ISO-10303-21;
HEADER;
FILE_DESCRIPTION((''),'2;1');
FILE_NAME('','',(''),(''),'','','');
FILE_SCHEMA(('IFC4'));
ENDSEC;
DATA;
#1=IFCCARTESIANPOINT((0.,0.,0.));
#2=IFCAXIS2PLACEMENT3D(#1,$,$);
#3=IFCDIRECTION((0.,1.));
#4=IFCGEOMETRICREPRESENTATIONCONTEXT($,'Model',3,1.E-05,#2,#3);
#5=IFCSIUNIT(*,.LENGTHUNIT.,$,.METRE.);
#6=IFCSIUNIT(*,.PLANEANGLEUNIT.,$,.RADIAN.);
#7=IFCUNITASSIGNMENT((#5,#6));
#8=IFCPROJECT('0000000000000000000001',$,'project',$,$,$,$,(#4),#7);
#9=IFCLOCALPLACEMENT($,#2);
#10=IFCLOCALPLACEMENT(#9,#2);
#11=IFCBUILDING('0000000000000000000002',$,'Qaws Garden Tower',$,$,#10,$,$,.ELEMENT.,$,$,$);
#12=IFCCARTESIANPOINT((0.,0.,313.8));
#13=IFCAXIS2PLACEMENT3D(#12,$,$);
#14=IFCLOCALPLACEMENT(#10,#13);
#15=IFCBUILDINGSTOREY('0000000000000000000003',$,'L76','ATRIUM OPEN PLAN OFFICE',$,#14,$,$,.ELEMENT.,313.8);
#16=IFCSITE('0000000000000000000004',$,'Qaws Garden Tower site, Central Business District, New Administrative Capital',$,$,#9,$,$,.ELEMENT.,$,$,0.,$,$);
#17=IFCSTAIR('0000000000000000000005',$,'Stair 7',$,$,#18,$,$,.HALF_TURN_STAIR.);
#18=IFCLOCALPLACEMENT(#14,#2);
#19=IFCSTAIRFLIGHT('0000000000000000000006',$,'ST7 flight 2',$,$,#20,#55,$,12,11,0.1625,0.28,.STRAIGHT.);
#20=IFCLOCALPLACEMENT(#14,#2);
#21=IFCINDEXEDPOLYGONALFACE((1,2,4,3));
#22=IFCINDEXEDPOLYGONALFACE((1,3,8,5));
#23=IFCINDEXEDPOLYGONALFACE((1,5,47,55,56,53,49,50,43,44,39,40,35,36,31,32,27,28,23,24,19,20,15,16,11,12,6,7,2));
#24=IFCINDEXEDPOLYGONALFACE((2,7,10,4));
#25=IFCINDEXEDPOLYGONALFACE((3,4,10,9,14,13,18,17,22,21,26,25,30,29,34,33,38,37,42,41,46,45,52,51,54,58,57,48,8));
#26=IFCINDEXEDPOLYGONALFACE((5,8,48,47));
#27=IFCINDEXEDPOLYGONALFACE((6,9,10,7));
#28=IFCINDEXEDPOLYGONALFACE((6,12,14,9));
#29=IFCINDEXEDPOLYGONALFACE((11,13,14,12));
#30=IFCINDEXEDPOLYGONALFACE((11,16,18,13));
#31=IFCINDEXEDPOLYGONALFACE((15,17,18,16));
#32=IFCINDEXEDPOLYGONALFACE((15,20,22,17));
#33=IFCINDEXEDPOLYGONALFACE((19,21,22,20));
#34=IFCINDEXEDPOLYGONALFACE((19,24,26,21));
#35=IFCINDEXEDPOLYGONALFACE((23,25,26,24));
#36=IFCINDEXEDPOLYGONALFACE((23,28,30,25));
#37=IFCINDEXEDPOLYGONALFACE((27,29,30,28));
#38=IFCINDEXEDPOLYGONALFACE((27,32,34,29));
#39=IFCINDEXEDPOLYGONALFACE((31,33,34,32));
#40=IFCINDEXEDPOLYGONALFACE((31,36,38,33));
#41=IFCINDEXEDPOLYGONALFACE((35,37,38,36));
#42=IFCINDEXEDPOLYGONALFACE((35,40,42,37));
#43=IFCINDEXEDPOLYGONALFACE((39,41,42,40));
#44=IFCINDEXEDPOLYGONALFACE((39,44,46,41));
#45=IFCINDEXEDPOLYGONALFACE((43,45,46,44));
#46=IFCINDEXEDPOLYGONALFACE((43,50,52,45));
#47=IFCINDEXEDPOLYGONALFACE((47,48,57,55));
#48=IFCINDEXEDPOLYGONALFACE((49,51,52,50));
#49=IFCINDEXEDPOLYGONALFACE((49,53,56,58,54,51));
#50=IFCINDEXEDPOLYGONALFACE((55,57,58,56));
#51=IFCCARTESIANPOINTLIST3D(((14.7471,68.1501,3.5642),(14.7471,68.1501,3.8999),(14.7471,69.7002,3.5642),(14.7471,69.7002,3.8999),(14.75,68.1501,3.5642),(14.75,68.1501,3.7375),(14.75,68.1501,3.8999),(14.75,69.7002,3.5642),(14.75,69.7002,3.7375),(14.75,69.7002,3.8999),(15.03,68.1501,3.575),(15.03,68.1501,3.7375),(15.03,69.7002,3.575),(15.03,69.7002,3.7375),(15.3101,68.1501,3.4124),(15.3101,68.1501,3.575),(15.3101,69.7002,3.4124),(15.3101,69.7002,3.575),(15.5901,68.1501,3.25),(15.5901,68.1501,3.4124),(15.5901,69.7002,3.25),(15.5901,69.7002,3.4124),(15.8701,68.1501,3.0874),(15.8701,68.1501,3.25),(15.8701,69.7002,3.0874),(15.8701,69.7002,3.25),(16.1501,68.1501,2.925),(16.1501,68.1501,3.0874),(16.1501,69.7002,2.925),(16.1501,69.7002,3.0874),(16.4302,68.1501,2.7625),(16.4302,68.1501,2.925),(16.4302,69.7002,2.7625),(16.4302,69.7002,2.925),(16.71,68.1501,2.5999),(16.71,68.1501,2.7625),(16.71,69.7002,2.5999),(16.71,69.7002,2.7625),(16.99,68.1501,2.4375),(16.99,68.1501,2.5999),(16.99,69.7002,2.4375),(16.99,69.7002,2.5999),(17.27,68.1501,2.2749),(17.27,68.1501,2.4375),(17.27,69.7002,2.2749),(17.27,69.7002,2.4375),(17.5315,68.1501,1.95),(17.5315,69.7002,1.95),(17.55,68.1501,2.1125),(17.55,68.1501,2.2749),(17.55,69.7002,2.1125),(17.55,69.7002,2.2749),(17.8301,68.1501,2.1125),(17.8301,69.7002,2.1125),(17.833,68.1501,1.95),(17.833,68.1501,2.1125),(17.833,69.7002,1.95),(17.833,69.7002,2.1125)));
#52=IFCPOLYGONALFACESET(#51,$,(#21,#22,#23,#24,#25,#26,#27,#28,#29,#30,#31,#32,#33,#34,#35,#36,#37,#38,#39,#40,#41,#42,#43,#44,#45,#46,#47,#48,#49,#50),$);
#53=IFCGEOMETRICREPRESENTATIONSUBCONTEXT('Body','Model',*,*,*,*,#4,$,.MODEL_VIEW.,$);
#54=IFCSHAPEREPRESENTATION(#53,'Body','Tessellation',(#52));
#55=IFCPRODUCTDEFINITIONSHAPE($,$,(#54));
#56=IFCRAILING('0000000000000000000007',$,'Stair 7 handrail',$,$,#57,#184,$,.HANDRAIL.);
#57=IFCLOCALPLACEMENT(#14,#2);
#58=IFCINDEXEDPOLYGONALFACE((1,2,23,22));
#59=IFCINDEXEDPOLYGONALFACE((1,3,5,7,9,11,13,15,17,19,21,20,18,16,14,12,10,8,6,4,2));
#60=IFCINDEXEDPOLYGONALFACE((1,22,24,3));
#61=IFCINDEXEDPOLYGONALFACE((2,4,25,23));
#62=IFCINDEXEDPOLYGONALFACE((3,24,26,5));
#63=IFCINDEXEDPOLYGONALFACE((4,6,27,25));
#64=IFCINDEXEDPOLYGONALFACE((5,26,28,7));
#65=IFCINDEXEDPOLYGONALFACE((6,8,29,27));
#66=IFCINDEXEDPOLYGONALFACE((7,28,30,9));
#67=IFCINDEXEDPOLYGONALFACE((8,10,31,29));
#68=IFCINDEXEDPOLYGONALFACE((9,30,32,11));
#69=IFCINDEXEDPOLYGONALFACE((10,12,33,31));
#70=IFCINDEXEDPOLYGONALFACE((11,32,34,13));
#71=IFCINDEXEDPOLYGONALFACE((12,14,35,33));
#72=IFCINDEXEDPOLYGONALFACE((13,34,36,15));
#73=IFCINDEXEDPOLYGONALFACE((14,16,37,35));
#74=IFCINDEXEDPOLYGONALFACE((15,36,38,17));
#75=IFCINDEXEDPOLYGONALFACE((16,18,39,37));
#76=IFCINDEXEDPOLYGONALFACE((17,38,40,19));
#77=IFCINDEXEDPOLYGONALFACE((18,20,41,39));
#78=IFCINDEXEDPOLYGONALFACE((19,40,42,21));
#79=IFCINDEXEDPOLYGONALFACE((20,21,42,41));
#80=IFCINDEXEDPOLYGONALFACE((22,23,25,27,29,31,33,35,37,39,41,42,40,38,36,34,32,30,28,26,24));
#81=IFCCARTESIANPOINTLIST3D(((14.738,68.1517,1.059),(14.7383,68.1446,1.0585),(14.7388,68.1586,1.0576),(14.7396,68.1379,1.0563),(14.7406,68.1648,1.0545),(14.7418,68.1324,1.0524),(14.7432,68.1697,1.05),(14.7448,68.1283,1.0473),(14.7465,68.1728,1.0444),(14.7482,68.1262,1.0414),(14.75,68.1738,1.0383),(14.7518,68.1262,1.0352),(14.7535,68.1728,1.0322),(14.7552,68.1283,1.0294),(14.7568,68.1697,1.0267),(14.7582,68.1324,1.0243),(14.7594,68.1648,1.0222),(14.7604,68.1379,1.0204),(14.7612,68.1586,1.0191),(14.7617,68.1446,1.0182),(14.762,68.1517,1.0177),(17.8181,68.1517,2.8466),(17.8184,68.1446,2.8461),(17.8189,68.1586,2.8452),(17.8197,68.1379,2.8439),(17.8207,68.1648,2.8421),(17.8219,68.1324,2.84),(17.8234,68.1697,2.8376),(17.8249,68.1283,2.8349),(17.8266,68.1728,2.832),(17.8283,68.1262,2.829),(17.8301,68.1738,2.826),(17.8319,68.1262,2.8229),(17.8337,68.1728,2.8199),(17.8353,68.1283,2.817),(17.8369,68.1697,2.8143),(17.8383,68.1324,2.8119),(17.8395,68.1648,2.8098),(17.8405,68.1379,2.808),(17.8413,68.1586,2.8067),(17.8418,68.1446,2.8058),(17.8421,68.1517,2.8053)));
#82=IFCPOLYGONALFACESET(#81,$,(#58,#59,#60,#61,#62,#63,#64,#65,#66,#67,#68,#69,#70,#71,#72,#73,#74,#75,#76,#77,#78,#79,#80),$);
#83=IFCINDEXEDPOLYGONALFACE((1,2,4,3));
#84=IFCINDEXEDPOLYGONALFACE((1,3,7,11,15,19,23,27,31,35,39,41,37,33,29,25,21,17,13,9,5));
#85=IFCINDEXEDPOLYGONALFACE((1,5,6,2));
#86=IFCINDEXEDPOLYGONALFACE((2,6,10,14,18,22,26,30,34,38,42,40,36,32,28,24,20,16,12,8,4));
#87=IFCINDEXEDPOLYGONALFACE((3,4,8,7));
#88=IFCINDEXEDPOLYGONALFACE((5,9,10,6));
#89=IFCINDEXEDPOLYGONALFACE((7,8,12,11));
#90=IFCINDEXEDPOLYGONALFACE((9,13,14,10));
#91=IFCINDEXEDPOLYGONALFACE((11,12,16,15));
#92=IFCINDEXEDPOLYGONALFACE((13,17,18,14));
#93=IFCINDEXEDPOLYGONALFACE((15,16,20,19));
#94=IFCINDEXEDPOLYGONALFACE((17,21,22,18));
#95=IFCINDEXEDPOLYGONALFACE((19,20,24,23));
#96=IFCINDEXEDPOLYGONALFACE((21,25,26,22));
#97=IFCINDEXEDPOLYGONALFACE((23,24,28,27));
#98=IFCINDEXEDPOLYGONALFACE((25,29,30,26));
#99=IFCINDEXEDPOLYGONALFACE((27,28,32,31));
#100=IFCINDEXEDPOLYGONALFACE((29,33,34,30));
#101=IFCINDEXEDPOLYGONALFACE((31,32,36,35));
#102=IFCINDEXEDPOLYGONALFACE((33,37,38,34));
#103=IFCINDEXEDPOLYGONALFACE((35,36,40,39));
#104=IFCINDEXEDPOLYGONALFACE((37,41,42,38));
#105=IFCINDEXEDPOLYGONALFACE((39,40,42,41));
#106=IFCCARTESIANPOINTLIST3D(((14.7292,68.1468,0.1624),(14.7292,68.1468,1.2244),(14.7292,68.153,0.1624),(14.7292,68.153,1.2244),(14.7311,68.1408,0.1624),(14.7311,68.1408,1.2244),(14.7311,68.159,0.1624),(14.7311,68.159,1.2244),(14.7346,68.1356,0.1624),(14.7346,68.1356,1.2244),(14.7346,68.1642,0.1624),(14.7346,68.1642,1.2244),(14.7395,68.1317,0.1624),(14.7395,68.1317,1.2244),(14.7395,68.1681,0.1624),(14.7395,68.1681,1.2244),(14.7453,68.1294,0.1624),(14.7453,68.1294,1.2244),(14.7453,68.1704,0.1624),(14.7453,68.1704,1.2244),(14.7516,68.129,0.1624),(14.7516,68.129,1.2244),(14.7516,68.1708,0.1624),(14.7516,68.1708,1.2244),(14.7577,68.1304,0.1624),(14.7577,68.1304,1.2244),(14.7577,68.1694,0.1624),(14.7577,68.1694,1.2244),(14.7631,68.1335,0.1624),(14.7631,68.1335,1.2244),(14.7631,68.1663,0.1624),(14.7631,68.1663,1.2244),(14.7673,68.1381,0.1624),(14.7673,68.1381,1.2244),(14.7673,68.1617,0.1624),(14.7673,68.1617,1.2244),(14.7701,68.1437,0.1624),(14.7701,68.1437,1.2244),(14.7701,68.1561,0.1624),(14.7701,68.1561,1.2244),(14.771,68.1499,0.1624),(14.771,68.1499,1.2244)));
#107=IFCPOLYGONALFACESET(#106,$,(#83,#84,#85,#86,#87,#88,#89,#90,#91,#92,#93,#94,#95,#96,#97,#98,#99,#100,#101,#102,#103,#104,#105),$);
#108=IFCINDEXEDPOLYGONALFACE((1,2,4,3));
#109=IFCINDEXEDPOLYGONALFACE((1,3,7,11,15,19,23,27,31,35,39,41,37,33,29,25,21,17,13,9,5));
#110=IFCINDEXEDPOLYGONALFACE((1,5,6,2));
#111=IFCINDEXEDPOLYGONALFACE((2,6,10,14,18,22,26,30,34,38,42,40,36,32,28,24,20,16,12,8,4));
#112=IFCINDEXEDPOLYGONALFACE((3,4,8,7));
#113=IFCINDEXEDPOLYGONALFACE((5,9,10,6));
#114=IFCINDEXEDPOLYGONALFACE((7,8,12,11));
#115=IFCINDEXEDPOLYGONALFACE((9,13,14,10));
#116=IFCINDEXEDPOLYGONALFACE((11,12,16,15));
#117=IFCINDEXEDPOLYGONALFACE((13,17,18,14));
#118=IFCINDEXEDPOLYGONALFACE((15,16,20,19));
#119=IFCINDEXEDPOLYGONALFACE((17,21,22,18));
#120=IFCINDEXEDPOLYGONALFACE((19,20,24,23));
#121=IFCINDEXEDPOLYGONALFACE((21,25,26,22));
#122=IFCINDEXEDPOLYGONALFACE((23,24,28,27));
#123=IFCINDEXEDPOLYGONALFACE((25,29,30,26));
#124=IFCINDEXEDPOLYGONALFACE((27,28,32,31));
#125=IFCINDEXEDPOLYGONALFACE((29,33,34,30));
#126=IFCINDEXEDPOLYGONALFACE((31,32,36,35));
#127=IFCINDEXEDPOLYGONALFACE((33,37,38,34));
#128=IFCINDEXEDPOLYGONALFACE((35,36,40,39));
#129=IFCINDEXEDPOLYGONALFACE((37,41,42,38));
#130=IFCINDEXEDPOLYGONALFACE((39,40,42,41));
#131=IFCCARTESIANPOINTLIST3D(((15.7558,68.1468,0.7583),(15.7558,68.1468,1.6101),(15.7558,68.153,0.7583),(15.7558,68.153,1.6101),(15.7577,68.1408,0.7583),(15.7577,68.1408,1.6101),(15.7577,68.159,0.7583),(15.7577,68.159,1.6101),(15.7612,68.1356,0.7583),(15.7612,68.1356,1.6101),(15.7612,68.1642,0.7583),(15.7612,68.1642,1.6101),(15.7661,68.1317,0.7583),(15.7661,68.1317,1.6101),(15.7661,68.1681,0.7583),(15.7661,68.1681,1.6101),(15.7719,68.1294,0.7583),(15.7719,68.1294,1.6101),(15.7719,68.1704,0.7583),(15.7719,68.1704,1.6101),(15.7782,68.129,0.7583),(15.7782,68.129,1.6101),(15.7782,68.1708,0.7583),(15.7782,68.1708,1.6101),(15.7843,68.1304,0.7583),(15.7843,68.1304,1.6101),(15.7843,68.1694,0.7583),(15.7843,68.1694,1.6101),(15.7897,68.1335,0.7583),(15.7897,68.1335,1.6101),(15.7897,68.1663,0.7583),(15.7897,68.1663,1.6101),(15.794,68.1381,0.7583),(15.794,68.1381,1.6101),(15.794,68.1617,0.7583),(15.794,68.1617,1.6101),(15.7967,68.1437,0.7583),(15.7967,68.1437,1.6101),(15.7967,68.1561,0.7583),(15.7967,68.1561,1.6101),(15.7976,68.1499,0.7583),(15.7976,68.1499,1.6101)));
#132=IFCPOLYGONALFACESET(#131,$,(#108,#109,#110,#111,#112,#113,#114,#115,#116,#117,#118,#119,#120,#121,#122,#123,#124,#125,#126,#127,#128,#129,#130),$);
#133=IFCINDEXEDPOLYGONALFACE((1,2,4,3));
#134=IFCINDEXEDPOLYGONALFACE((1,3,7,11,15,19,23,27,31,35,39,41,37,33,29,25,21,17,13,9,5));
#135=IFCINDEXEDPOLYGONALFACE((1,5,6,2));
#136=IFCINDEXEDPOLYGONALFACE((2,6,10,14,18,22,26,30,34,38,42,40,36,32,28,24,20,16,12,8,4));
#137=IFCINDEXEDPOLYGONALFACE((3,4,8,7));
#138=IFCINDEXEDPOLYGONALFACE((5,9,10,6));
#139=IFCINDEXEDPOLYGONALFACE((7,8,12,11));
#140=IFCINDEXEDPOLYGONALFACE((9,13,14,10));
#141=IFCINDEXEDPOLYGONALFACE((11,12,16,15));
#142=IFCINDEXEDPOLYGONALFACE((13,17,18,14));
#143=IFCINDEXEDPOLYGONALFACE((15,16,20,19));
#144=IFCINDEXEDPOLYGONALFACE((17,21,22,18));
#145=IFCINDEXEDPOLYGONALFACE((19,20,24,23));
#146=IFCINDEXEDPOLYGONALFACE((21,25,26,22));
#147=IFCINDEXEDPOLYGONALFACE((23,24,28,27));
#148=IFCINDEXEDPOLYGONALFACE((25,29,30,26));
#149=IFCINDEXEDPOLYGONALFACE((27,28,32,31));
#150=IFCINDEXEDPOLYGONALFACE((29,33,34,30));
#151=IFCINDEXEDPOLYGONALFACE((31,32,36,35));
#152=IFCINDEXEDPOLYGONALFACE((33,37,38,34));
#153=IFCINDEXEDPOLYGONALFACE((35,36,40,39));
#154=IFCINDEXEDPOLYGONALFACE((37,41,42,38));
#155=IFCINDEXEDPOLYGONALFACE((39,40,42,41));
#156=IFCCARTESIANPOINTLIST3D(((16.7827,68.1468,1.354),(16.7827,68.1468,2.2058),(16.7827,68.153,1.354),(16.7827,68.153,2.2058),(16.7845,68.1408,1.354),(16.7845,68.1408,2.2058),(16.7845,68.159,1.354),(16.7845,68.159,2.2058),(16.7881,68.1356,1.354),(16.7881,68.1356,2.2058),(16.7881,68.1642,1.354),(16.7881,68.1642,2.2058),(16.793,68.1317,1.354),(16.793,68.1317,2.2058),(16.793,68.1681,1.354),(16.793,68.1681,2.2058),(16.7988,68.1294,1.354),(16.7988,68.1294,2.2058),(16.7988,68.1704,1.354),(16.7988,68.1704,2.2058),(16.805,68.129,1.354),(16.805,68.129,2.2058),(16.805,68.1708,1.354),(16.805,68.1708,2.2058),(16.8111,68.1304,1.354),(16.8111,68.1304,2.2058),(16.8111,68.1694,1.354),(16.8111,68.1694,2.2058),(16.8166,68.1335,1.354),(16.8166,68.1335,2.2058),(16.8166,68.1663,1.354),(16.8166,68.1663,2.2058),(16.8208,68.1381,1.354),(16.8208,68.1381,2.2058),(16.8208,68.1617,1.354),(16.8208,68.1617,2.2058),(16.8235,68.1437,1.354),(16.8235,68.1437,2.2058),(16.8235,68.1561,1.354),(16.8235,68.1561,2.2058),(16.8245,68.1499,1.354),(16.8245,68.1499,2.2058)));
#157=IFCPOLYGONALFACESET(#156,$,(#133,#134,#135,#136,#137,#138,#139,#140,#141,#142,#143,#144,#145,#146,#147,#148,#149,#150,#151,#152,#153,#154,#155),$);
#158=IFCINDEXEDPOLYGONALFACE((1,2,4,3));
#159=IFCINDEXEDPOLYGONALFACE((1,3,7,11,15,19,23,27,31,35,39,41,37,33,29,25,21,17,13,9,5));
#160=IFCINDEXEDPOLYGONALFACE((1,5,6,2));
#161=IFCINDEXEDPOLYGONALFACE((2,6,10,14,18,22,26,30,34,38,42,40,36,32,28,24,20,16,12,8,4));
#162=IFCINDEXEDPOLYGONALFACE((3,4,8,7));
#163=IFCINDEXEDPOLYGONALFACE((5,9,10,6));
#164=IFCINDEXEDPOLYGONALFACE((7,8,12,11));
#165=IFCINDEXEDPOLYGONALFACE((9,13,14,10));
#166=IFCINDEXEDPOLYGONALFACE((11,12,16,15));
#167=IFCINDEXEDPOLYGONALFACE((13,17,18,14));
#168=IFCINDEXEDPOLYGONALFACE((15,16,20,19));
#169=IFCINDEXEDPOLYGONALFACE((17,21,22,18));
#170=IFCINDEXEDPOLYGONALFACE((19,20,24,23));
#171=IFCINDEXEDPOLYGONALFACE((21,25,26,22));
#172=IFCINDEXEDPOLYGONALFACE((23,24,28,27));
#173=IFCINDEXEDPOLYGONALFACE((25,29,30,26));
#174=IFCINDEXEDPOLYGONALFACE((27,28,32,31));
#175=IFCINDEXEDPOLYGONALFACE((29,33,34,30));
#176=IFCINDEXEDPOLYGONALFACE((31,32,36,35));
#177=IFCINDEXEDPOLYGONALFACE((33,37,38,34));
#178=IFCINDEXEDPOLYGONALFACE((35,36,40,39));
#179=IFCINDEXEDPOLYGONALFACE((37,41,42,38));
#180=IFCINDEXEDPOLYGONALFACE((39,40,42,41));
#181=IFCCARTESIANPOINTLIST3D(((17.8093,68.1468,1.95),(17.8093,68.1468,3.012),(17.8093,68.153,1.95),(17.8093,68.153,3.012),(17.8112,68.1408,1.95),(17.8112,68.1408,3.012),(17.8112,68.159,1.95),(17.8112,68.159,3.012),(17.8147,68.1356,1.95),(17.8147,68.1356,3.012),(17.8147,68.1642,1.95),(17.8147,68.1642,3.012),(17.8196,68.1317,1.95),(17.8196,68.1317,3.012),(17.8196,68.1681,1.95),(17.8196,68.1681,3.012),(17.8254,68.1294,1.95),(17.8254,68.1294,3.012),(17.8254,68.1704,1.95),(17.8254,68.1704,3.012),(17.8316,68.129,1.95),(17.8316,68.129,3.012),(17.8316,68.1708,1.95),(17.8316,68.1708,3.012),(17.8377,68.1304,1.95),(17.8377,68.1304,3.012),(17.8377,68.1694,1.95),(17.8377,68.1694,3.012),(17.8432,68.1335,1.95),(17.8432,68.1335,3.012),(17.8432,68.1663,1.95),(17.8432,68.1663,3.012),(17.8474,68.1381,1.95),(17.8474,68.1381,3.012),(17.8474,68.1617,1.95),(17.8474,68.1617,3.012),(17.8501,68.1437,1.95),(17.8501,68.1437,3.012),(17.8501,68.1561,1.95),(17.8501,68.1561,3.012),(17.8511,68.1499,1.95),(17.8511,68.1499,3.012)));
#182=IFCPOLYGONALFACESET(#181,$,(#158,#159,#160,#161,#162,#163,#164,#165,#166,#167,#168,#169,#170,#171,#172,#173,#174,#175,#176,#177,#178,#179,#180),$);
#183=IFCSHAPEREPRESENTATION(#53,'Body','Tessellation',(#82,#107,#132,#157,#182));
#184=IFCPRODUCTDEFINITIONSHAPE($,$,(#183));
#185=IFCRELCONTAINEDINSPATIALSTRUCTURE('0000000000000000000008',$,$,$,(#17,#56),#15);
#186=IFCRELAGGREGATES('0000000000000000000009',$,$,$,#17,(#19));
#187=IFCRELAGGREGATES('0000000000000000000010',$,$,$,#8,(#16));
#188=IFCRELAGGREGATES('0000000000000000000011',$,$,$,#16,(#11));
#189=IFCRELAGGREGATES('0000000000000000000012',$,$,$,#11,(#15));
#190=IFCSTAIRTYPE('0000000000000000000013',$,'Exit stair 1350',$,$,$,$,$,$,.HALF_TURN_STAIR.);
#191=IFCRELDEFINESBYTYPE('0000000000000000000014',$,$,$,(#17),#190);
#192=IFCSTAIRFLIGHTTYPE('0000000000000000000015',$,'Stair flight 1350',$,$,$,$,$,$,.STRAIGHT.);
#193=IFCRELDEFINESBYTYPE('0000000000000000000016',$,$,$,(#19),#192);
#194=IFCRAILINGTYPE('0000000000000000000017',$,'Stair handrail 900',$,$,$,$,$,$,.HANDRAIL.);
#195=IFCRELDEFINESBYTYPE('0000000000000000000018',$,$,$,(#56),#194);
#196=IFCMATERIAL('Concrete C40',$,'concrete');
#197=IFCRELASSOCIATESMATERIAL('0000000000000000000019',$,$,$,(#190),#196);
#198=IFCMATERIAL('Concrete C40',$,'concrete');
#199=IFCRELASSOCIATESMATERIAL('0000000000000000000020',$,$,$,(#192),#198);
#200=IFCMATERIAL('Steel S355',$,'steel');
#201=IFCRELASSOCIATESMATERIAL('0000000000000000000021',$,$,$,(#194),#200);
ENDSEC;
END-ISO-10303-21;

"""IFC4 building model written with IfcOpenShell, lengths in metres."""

from ifc_helpers import new_model, si_unit, direction, frame, origin, origin_2d, place, context, subcontext, project, spatial, polyline, circle, outline, extrude, material, type_object, element, aggregate, save


model = new_model("IFC4")

# Units and contexts
model_context = context("Model", 3, precision=1e-05, world=origin(), true_north=direction((0.0, 1.0)))
body_context = subcontext(model_context, "Body", "Model", "MODEL_VIEW")
ifc_project = project(units=[si_unit("LENGTHUNIT", "METRE"), si_unit("PLANEANGLEUNIT", "RADIAN")], contexts=[model_context])

# Site, building, storey
site_placement = place(None, origin())
site = spatial("IfcSite", under=ifc_project, at=site_placement, Name="Qaws Garden Tower site, Central Business District, New Administrative Capital", CompositionType="ELEMENT", RefElevation=0.0)
building_placement = place(site_placement, origin())
building = spatial("IfcBuilding", under=site, at=building_placement, Name="Qaws Garden Tower", CompositionType="ELEMENT")
storey_placement = place(building_placement, frame((0.0, 0.0, 313.8)))
storey = spatial("IfcBuildingStorey", under=building, at=storey_placement, Name="L76", Description="ATRIUM OPEN PLAN OFFICE", CompositionType="ELEMENT", Elevation=313.8)

# Stair, stair flight
ifc_material_1 = material(Name="Concrete C40", Category="concrete")
stair_type = type_object("IfcStairType", Name="Exit stair 1350", PredefinedType="HALF_TURN_STAIR", material=ifc_material_1)
stair_placement = place(storey_placement, origin())
stair = element("IfcStair", 1, at=stair_placement, inside=storey, type_object=stair_type, Name="Stair 7", PredefinedType="HALF_TURN_STAIR")
ifc_material_2 = material(Name="Concrete C40", Category="concrete")
stair_flight_type = type_object("IfcStairFlightType", Name="Stair flight 1350", PredefinedType="STRAIGHT", material=ifc_material_2)
stair_flight_1_placement = place(storey_placement, frame((17.8301, 68.925, 1.95), z_axis=(0.0, 0.0, 1.0), x_axis=(-1.0, 0.0, 0.0)))
stair_flight_1 = element("IfcStairFlight", 2, at=stair_flight_1_placement, type_object=stair_flight_type, Name="ST7 flight 2", NumberOfRisers=12, NumberOfTreads=11, PredefinedType="STRAIGHT", RiserHeight=0.1625, TreadLength=0.28, context=body_context, shape_type="SweptSolid", body=[
    extrude(outline(polyline([(-0.0029, 0.0), (-0.0029, 0.1626), (0.0, 0.1626), (0.28, 0.1626), (0.28, 0.325), (0.5601, 0.325), (0.5601, 0.4875), (0.8401, 0.4875), (0.8401, 0.6499), (1.1201, 0.6499), (1.1201, 0.8125), (1.3999, 0.8125), (1.3999, 0.9751), (1.6799, 0.9751), (1.6799, 1.1375), (1.96, 1.1375), (1.96, 1.3), (2.24, 1.3), (2.24, 1.4624), (2.52, 1.4624), (2.52, 1.625), (2.8, 1.625), (2.8, 1.7876), (3.0801, 1.7876), (3.0801, 1.95), (3.083, 1.95), (3.083, 1.6143), (3.0801, 1.6143), (0.2986, 0.0), (-0.0029, 0.0)])), frame((0.0, 0.7749, 0.0), z_axis=(0.0, -1.0, 0.0), x_axis=(1.0, 0.0, 0.0)), (0.0, 0.0, 1.0), 1.55),
])
aggregate(stair, [stair_flight_1])

# Railing
ifc_material_3 = material(Name="Steel S355", Category="steel")
railing_type = type_object("IfcRailingType", Name="Stair handrail 900", PredefinedType="HANDRAIL", material=ifc_material_3)
railing_1_placement = place(storey_placement, frame((14.75, 68.1499, 0.1624)))
element("IfcRailing", 3, at=railing_1_placement, inside=storey, type_object=railing_type, Name="Stair 7 handrail", PredefinedType="HANDRAIL", context=body_context, shape_type="SweptSolid", body=[
    extrude(circle(Radius=0.0239, at=origin_2d()), frame((0.0, 0.0, 0.876), z_axis=(0.864891, 0.0, 0.50196), x_axis=(0.0, 1.0, 0.0)), (0.0, 0.0, 1.0), 3.5613),
    extrude(circle(Radius=0.021, at=origin_2d()), origin(), (0.0, 0.0, 1.0), 1.062),
    extrude(circle(Radius=0.021, at=origin_2d()), frame((1.0266, 0.0, 0.5959)), (0.0, 0.0, 1.0), 0.8518),
    extrude(circle(Radius=0.021, at=origin_2d()), frame((2.0535, 0.0, 1.1917)), (0.0, 0.0, 1.0), 0.8518),
    extrude(circle(Radius=0.021, at=origin_2d()), frame((3.0801, 0.0, 1.7876)), (0.0, 0.0, 1.0), 1.062),
])

save(model, "model.ifc")
